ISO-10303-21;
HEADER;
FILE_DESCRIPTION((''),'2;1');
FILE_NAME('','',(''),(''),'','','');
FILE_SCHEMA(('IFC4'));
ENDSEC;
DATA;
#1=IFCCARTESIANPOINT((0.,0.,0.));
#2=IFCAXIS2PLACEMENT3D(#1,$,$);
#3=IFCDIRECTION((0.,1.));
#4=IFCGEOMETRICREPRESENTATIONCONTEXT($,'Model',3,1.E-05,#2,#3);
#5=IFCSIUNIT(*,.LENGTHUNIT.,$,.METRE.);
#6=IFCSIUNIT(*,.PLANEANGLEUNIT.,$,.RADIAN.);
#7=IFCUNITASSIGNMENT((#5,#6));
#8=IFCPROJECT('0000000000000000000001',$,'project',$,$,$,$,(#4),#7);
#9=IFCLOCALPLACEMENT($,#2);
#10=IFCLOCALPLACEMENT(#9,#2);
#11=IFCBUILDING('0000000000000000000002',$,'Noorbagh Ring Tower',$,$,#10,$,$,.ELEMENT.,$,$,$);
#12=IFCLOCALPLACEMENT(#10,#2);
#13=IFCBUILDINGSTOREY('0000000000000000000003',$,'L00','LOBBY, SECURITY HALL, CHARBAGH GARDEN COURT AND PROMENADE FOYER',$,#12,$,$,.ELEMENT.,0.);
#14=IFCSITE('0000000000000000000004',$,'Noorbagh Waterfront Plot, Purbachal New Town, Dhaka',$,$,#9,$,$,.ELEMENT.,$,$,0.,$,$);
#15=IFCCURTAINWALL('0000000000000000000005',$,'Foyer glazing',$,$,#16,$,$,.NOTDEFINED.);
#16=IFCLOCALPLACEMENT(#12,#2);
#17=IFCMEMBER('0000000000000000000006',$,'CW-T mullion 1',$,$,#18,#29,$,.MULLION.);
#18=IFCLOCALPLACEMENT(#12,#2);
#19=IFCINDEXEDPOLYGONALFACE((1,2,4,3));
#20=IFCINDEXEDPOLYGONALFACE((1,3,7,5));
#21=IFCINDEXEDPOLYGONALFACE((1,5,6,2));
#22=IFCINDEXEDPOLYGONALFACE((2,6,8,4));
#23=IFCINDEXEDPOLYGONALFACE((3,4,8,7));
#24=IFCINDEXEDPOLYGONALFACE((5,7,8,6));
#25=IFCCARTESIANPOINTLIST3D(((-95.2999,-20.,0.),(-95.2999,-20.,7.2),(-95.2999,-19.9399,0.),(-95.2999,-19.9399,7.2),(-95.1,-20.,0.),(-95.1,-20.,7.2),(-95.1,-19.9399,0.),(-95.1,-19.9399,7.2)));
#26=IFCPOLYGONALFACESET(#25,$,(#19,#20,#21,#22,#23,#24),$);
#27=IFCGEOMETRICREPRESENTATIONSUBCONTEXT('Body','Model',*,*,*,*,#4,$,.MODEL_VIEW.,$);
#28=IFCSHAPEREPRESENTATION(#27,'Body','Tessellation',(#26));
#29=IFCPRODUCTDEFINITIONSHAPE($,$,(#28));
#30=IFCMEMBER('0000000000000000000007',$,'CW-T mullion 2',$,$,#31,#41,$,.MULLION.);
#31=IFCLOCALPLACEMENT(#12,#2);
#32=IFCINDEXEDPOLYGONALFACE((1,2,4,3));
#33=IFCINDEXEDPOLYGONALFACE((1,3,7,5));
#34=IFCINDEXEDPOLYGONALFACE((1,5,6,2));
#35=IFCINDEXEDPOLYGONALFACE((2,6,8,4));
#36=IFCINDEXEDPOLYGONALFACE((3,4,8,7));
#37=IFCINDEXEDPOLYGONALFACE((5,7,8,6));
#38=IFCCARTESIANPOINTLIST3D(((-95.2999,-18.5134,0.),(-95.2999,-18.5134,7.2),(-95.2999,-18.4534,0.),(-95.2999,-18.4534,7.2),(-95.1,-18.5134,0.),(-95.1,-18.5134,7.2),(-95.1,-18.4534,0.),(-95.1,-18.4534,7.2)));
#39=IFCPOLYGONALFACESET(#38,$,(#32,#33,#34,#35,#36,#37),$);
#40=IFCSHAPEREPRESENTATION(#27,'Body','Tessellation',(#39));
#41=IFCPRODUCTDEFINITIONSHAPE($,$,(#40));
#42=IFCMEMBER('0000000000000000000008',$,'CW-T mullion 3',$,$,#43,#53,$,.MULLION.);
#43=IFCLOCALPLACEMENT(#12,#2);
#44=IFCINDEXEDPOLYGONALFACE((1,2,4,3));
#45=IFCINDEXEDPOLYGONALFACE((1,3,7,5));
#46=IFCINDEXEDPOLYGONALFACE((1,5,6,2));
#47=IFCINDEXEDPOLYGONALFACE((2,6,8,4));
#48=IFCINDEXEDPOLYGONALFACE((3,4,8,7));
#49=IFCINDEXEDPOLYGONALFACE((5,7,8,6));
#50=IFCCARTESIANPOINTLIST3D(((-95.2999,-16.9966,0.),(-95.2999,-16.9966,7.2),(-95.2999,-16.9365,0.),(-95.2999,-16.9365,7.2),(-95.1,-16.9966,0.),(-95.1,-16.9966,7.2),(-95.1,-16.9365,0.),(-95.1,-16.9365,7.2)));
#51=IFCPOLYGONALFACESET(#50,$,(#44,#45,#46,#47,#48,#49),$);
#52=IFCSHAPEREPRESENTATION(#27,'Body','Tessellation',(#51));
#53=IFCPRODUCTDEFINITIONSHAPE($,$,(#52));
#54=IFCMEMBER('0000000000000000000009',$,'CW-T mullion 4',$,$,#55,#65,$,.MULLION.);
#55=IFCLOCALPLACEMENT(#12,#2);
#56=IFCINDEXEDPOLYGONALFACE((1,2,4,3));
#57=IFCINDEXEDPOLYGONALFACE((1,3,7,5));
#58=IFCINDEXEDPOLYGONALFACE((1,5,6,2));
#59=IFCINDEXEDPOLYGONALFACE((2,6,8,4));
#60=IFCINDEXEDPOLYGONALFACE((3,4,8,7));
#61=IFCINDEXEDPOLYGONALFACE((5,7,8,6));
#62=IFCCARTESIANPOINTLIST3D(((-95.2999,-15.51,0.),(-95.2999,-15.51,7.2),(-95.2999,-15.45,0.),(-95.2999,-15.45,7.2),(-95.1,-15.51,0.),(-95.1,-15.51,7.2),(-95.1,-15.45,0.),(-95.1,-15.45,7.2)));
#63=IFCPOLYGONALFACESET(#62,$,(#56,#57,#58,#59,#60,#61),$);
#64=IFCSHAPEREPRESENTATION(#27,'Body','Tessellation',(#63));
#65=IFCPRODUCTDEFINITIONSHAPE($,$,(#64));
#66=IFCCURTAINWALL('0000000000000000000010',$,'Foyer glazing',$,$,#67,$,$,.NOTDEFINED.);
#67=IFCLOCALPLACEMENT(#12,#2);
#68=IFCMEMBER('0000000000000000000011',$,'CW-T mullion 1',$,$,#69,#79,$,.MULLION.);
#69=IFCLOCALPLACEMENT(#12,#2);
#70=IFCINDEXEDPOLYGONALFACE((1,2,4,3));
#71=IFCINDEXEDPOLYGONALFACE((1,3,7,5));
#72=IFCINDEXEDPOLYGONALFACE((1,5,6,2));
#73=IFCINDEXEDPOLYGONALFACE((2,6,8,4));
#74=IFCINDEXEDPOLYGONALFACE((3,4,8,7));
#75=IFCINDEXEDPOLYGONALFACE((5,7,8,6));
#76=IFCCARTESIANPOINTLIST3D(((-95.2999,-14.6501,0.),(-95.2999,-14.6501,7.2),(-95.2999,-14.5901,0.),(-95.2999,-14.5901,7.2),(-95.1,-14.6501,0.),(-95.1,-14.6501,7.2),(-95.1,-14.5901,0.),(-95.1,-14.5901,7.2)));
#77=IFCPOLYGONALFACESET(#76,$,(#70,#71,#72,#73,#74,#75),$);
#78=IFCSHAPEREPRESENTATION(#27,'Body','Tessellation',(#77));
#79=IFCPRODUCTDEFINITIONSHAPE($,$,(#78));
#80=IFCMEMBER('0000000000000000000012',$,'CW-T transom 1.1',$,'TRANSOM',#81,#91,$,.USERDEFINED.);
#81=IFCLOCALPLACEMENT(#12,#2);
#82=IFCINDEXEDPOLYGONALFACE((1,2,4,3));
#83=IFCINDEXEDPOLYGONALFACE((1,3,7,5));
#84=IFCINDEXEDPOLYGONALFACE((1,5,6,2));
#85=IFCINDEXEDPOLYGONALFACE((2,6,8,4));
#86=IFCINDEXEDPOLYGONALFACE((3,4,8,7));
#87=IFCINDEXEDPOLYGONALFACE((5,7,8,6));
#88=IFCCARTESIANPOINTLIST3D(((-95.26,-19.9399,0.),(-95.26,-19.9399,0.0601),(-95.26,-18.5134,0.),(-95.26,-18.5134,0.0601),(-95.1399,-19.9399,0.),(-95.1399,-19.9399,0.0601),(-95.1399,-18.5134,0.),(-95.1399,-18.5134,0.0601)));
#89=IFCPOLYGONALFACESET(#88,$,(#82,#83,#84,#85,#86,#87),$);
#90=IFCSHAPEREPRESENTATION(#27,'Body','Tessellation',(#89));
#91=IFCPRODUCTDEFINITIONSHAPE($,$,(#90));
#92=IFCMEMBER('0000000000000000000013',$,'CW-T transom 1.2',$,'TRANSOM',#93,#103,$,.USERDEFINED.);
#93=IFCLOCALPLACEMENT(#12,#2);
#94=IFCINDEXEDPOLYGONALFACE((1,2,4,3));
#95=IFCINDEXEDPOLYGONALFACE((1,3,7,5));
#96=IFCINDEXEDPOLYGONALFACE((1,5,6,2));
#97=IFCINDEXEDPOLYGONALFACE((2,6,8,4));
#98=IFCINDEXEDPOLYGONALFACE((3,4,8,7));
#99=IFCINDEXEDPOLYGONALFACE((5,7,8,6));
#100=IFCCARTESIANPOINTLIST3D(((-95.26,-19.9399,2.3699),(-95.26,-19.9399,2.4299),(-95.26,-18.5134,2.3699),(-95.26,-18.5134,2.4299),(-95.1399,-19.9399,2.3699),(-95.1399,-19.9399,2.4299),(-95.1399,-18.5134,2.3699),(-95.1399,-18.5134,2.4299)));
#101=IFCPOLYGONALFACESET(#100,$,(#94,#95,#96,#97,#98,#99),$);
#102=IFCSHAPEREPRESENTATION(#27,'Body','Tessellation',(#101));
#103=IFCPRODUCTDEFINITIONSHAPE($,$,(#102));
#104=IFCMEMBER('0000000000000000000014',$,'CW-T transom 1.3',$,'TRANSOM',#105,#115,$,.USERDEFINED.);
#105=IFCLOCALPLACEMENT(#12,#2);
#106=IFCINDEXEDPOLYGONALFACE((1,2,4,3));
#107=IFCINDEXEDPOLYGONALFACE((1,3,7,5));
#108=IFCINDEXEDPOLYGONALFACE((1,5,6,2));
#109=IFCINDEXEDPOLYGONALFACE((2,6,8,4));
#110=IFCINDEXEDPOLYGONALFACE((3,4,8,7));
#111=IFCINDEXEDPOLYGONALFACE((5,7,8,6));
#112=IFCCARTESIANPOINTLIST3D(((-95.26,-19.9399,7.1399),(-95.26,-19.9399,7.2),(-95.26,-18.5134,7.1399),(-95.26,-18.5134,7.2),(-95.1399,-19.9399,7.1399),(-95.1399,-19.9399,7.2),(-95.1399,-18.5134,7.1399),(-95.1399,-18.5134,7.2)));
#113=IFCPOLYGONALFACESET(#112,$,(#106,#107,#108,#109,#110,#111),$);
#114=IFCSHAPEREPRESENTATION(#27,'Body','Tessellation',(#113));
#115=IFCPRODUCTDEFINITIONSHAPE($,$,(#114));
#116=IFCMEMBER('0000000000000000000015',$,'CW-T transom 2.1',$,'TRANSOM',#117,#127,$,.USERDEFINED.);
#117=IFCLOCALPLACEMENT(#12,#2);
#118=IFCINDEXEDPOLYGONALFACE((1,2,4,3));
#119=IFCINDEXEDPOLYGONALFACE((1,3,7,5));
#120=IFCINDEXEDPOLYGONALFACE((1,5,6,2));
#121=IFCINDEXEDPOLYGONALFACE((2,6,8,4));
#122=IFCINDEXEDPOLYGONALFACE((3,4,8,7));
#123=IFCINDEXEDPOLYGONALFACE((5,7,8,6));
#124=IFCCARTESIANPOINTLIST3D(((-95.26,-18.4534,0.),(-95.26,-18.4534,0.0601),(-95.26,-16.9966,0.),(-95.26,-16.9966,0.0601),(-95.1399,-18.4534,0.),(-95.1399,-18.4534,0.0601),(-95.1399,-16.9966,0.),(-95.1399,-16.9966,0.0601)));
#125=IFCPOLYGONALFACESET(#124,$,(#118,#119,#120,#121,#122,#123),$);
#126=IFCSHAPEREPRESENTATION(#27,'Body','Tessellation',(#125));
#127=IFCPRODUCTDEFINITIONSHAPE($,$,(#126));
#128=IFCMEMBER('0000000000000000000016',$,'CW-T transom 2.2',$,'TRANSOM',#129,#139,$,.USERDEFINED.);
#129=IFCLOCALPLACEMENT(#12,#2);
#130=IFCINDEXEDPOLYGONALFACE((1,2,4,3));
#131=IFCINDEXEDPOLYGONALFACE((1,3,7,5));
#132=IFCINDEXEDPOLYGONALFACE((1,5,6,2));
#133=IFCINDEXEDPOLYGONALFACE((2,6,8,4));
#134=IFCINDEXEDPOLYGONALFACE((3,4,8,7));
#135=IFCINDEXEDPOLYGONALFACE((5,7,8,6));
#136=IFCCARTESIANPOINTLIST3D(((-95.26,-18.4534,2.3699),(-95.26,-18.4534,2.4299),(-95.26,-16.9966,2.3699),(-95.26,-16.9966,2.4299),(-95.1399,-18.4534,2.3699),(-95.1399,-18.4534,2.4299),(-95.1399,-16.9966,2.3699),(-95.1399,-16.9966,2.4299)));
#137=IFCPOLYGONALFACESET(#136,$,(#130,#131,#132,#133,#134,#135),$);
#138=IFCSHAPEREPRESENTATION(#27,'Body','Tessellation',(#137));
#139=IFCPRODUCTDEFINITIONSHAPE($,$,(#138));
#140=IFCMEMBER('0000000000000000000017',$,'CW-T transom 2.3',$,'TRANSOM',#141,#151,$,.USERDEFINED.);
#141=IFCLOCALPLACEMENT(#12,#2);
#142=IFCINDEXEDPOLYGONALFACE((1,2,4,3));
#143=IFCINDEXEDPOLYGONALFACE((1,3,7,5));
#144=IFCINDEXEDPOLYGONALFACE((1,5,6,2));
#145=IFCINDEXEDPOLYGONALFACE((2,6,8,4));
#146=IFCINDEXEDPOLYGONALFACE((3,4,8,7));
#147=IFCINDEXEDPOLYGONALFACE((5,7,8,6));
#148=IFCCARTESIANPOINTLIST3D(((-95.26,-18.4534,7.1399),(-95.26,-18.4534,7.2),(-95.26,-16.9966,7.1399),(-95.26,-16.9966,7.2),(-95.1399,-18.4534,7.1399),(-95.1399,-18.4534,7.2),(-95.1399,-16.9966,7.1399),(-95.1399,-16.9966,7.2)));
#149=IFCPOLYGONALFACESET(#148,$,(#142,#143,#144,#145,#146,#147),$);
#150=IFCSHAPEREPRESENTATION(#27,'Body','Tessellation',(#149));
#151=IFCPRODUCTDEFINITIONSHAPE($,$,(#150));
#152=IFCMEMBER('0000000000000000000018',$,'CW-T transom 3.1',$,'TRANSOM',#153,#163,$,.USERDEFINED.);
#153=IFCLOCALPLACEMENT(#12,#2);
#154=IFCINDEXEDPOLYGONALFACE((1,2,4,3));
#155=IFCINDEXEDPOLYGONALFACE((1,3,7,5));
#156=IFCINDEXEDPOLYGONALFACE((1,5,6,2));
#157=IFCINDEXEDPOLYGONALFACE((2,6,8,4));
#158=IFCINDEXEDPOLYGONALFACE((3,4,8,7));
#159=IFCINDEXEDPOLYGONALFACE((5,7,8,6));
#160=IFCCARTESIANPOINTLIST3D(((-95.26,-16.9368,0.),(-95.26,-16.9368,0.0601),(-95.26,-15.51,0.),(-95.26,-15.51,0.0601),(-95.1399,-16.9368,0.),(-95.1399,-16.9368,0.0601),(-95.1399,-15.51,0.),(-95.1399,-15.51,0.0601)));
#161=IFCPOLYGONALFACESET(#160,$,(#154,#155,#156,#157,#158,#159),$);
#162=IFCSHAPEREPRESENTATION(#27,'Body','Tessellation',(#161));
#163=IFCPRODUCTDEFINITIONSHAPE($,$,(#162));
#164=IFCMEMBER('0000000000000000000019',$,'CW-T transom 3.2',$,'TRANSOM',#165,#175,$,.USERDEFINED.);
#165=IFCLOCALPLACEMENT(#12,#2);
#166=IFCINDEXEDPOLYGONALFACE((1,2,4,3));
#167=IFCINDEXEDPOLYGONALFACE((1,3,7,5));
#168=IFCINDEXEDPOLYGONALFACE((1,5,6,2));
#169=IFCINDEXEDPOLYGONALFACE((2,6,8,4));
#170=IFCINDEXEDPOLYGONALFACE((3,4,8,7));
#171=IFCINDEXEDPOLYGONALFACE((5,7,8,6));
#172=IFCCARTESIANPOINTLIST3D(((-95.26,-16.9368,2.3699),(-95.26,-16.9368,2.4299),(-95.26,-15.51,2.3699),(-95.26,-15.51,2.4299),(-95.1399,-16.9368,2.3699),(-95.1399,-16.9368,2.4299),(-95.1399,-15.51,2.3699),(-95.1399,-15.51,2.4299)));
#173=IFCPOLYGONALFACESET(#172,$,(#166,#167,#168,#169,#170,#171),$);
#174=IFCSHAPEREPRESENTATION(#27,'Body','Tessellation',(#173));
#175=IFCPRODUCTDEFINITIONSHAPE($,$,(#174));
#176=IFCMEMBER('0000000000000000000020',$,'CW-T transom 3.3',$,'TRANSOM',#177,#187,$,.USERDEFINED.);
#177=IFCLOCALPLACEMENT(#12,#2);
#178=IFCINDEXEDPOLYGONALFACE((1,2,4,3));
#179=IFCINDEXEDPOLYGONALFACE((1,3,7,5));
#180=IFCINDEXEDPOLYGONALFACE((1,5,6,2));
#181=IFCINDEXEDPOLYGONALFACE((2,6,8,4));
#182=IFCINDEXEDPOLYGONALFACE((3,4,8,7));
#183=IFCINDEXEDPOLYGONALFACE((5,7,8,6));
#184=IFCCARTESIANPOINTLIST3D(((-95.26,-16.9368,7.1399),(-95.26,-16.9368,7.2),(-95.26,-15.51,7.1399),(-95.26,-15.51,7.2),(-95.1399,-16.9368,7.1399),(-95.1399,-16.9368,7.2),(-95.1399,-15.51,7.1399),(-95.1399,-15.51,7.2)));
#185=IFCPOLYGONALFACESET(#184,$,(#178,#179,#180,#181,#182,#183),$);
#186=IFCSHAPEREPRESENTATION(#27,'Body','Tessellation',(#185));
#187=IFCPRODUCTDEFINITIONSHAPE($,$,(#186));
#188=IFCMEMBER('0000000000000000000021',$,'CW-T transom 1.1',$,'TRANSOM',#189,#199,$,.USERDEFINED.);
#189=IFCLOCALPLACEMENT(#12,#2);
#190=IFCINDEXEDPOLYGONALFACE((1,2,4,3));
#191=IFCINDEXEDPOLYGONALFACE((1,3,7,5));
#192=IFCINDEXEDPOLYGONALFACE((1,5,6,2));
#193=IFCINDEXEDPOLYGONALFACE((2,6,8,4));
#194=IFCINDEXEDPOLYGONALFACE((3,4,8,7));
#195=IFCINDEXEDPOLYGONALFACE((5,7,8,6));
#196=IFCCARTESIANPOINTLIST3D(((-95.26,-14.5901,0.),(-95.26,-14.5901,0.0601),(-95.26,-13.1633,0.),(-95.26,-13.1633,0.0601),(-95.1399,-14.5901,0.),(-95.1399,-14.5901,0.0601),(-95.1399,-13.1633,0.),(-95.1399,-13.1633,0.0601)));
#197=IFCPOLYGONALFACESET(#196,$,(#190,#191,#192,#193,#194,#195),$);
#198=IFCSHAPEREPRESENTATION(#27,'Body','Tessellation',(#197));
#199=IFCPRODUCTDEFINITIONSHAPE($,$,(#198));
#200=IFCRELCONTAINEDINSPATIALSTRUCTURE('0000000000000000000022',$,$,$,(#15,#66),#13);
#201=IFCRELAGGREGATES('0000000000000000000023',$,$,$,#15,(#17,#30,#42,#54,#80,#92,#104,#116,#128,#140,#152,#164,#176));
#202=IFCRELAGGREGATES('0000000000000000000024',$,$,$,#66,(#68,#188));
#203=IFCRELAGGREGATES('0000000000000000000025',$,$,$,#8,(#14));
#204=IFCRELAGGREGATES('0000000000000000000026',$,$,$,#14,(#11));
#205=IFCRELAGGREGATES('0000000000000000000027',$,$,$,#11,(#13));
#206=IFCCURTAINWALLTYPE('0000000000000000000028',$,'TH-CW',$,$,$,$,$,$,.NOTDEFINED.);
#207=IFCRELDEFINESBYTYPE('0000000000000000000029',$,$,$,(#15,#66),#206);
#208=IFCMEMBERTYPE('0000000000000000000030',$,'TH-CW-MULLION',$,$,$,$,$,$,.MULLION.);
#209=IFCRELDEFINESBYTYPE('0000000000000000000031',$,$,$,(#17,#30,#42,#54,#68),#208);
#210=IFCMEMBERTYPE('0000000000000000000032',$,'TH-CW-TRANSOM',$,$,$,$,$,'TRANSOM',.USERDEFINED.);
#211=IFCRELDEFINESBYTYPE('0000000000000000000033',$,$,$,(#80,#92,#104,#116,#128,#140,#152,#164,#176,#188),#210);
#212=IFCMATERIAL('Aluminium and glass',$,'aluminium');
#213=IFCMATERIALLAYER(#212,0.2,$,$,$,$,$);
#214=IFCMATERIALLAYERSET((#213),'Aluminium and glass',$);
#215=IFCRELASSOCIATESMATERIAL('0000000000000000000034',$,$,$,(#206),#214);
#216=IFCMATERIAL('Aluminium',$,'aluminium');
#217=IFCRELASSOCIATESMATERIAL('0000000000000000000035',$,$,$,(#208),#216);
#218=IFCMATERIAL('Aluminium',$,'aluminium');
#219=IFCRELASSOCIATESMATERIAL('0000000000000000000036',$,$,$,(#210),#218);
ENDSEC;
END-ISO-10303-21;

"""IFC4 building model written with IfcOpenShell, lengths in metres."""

from ifc_helpers import new_model, si_unit, direction, frame, origin, origin_2d, place, context, subcontext, project, spatial, rectangle, extrude, material, layer, layer_set, material_profile, profile_set, type_object, element, aggregate, save


model = new_model("IFC4")

# Units and contexts
model_context = context("Model", 3, precision=1e-05, world=origin(), true_north=direction((0.0, 1.0)))
body_context = subcontext(model_context, "Body", "Model", "MODEL_VIEW")
ifc_project = project(units=[si_unit("LENGTHUNIT", "METRE"), si_unit("PLANEANGLEUNIT", "RADIAN")], contexts=[model_context])

# Site, building, storey
site_placement = place(None, origin())
site = spatial("IfcSite", under=ifc_project, at=site_placement, Name="Noorbagh Waterfront Plot, Purbachal New Town, Dhaka", CompositionType="ELEMENT", RefElevation=0.0)
building_placement = place(site_placement, origin())
building = spatial("IfcBuilding", under=site, at=building_placement, Name="Noorbagh Ring Tower", CompositionType="ELEMENT")
storey_placement = place(building_placement, origin())
storey = spatial("IfcBuildingStorey", under=building, at=storey_placement, Name="L00", Description="LOBBY, SECURITY HALL, CHARBAGH GARDEN COURT AND PROMENADE FOYER", CompositionType="ELEMENT", Elevation=0.0)

# Curtain wall, members
ifc_material_1 = material(Name="Aluminium and glass", Category="aluminium")
ifc_layer_1 = layer(ifc_material_1, 0.2)
ifc_layer_set_1 = layer_set([ifc_layer_1], Name="Aluminium and glass")
curtain_wall_type = type_object("IfcCurtainWallType", Name="TH-CW", PredefinedType="NOTDEFINED", material=ifc_layer_set_1)
curtain_wall_1_placement = place(storey_placement, origin())
curtain_wall_1 = element("IfcCurtainWall", 1, at=curtain_wall_1_placement, inside=storey, type_object=curtain_wall_type, Name="Foyer glazing", PredefinedType="NOTDEFINED")
ifc_material_2 = material(Name="Aluminium", Category="aluminium")
ifc_material_profile_1 = material_profile(ifc_material_2, rectangle(XDim=0.2, YDim=0.0601, at=origin_2d()), Name="AL 200x60")
ifc_profile_set_1 = profile_set([ifc_material_profile_1], Name="Aluminium")
member_type_1 = type_object("IfcMemberType", Name="TH-CW-MULLION", PredefinedType="MULLION", material=ifc_profile_set_1)
member_1_placement = place(storey_placement, frame((-95.2, -19.97, 0.0), z_axis=(0.0, 0.0, 1.0), x_axis=(-1.0, 0.0, 0.0)))
member_1 = element("IfcMember", 2, at=member_1_placement, type_object=member_type_1, Name="CW-T mullion 1", PredefinedType="MULLION", context=body_context, shape_type="SweptSolid", body=[
    extrude(rectangle(XDim=0.2, YDim=0.0601, at=origin_2d()), origin(), (0.0, 0.0, 1.0), 7.2),
])
member_2_placement = place(storey_placement, frame((-95.2, -18.4834, 0.0), z_axis=(0.0, 0.0, 1.0), x_axis=(-1.0, 0.0, 0.0)))
member_2 = element("IfcMember", 3, at=member_2_placement, type_object=member_type_1, Name="CW-T mullion 2", PredefinedType="MULLION", context=body_context, shape_type="SweptSolid", body=[
    extrude(rectangle(XDim=0.2, YDim=0.0601, at=origin_2d()), origin(), (0.0, 0.0, 1.0), 7.2),
])
member_3_placement = place(storey_placement, frame((-95.2, -16.9666, 0.0), z_axis=(0.0, 0.0, 1.0), x_axis=(-1.0, 0.0, 0.0)))
member_3 = element("IfcMember", 4, at=member_3_placement, type_object=member_type_1, Name="CW-T mullion 3", PredefinedType="MULLION", context=body_context, shape_type="SweptSolid", body=[
    extrude(rectangle(XDim=0.2, YDim=0.0601, at=origin_2d()), origin(), (0.0, 0.0, 1.0), 7.2),
])
member_4_placement = place(storey_placement, frame((-95.2, -15.48, 0.0), z_axis=(0.0, 0.0, 1.0), x_axis=(-1.0, 0.0, 0.0)))
member_4 = element("IfcMember", 5, at=member_4_placement, type_object=member_type_1, Name="CW-T mullion 4", PredefinedType="MULLION", context=body_context, shape_type="SweptSolid", body=[
    extrude(rectangle(XDim=0.2, YDim=0.0601, at=origin_2d()), origin(), (0.0, 0.0, 1.0), 7.2),
])

# Curtain wall, member
curtain_wall_2_placement = place(storey_placement, origin())
curtain_wall_2 = element("IfcCurtainWall", 6, at=curtain_wall_2_placement, inside=storey, type_object=curtain_wall_type, Name="Foyer glazing", PredefinedType="NOTDEFINED")
member_5_placement = place(storey_placement, frame((-95.2, -14.6201, 0.0), z_axis=(0.0, 0.0, 1.0), x_axis=(-1.0, 0.0, 0.0)))
member_5 = element("IfcMember", 7, at=member_5_placement, type_object=member_type_1, Name="CW-T mullion 1", PredefinedType="MULLION", context=body_context, shape_type="SweptSolid", body=[
    extrude(rectangle(XDim=0.2, YDim=0.0601, at=origin_2d()), origin(), (0.0, 0.0, 1.0), 7.2),
])

# Members
ifc_material_3 = material(Name="Aluminium", Category="aluminium")
ifc_material_profile_2 = material_profile(ifc_material_3, rectangle(XDim=0.1201, YDim=0.0601, at=origin_2d()), Name="AL 120x60")
ifc_profile_set_2 = profile_set([ifc_material_profile_2], Name="Aluminium")
member_type_2 = type_object("IfcMemberType", Name="TH-CW-TRANSOM", ElementType="TRANSOM", PredefinedType="USERDEFINED", material=ifc_profile_set_2)
member_6_placement = place(storey_placement, frame((-95.2, -19.9399, 0.03), z_axis=(0.0, 1.0, 0.0), x_axis=(-1.0, 0.0, 0.0)))
member_6 = element("IfcMember", 8, at=member_6_placement, type_object=member_type_2, Name="CW-T transom 1.1", ObjectType="TRANSOM", PredefinedType="USERDEFINED", context=body_context, shape_type="SweptSolid", body=[
    extrude(rectangle(XDim=0.1201, YDim=0.0601, at=origin_2d()), origin(), (0.0, 0.0, 1.0), 1.4265),
])
member_7_placement = place(storey_placement, frame((-95.2, -19.9399, 2.3999), z_axis=(0.0, 1.0, 0.0), x_axis=(-1.0, 0.0, 0.0)))
member_7 = element("IfcMember", 9, at=member_7_placement, type_object=member_type_2, Name="CW-T transom 1.2", ObjectType="TRANSOM", PredefinedType="USERDEFINED", context=body_context, shape_type="SweptSolid", body=[
    extrude(rectangle(XDim=0.1201, YDim=0.0601, at=origin_2d()), origin(), (0.0, 0.0, 1.0), 1.4265),
])
member_8_placement = place(storey_placement, frame((-95.2, -19.9399, 7.1699), z_axis=(0.0, 1.0, 0.0), x_axis=(-1.0, 0.0, 0.0)))
member_8 = element("IfcMember", 10, at=member_8_placement, type_object=member_type_2, Name="CW-T transom 1.3", ObjectType="TRANSOM", PredefinedType="USERDEFINED", context=body_context, shape_type="SweptSolid", body=[
    extrude(rectangle(XDim=0.1201, YDim=0.0601, at=origin_2d()), origin(), (0.0, 0.0, 1.0), 1.4265),
])
member_9_placement = place(storey_placement, frame((-95.2, -18.4534, 0.03), z_axis=(0.0, 1.0, 0.0), x_axis=(-1.0, 0.0, 0.0)))
member_9 = element("IfcMember", 11, at=member_9_placement, type_object=member_type_2, Name="CW-T transom 2.1", ObjectType="TRANSOM", PredefinedType="USERDEFINED", context=body_context, shape_type="SweptSolid", body=[
    extrude(rectangle(XDim=0.1201, YDim=0.0601, at=origin_2d()), origin(), (0.0, 0.0, 1.0), 1.4568),
])
member_10_placement = place(storey_placement, frame((-95.2, -18.4534, 2.3999), z_axis=(0.0, 1.0, 0.0), x_axis=(-1.0, 0.0, 0.0)))
member_10 = element("IfcMember", 12, at=member_10_placement, type_object=member_type_2, Name="CW-T transom 2.2", ObjectType="TRANSOM", PredefinedType="USERDEFINED", context=body_context, shape_type="SweptSolid", body=[
    extrude(rectangle(XDim=0.1201, YDim=0.0601, at=origin_2d()), origin(), (0.0, 0.0, 1.0), 1.4568),
])
member_11_placement = place(storey_placement, frame((-95.2, -18.4534, 7.1699), z_axis=(0.0, 1.0, 0.0), x_axis=(-1.0, 0.0, 0.0)))
member_11 = element("IfcMember", 13, at=member_11_placement, type_object=member_type_2, Name="CW-T transom 2.3", ObjectType="TRANSOM", PredefinedType="USERDEFINED", context=body_context, shape_type="SweptSolid", body=[
    extrude(rectangle(XDim=0.1201, YDim=0.0601, at=origin_2d()), origin(), (0.0, 0.0, 1.0), 1.4568),
])
member_12_placement = place(storey_placement, frame((-95.2, -16.9368, 0.03), z_axis=(0.0, 1.0, 0.0), x_axis=(-1.0, 0.0, 0.0)))
member_12 = element("IfcMember", 14, at=member_12_placement, type_object=member_type_2, Name="CW-T transom 3.1", ObjectType="TRANSOM", PredefinedType="USERDEFINED", context=body_context, shape_type="SweptSolid", body=[
    extrude(rectangle(XDim=0.1201, YDim=0.0601, at=origin_2d()), origin(), (0.0, 0.0, 1.0), 1.4268),
])
member_13_placement = place(storey_placement, frame((-95.2, -16.9368, 2.3999), z_axis=(0.0, 1.0, 0.0), x_axis=(-1.0, 0.0, 0.0)))
member_13 = element("IfcMember", 15, at=member_13_placement, type_object=member_type_2, Name="CW-T transom 3.2", ObjectType="TRANSOM", PredefinedType="USERDEFINED", context=body_context, shape_type="SweptSolid", body=[
    extrude(rectangle(XDim=0.1201, YDim=0.0601, at=origin_2d()), origin(), (0.0, 0.0, 1.0), 1.4268),
])
member_14_placement = place(storey_placement, frame((-95.2, -16.9368, 7.1699), z_axis=(0.0, 1.0, 0.0), x_axis=(-1.0, 0.0, 0.0)))
member_14 = element("IfcMember", 16, at=member_14_placement, type_object=member_type_2, Name="CW-T transom 3.3", ObjectType="TRANSOM", PredefinedType="USERDEFINED", context=body_context, shape_type="SweptSolid", body=[
    extrude(rectangle(XDim=0.1201, YDim=0.0601, at=origin_2d()), origin(), (0.0, 0.0, 1.0), 1.4268),
])
member_15_placement = place(storey_placement, frame((-95.2, -14.5901, 0.03), z_axis=(0.0, 1.0, 0.0), x_axis=(-1.0, 0.0, 0.0)))
member_15 = element("IfcMember", 17, at=member_15_placement, type_object=member_type_2, Name="CW-T transom 1.1", ObjectType="TRANSOM", PredefinedType="USERDEFINED", context=body_context, shape_type="SweptSolid", body=[
    extrude(rectangle(XDim=0.1201, YDim=0.0601, at=origin_2d()), origin(), (0.0, 0.0, 1.0), 1.4268),
])

aggregate(curtain_wall_1, [member_1, member_2, member_3, member_4, member_6, member_7, member_8, member_9, member_10, member_11, member_12, member_13, member_14])
aggregate(curtain_wall_2, [member_5, member_15])

save(model, "model.ifc")
